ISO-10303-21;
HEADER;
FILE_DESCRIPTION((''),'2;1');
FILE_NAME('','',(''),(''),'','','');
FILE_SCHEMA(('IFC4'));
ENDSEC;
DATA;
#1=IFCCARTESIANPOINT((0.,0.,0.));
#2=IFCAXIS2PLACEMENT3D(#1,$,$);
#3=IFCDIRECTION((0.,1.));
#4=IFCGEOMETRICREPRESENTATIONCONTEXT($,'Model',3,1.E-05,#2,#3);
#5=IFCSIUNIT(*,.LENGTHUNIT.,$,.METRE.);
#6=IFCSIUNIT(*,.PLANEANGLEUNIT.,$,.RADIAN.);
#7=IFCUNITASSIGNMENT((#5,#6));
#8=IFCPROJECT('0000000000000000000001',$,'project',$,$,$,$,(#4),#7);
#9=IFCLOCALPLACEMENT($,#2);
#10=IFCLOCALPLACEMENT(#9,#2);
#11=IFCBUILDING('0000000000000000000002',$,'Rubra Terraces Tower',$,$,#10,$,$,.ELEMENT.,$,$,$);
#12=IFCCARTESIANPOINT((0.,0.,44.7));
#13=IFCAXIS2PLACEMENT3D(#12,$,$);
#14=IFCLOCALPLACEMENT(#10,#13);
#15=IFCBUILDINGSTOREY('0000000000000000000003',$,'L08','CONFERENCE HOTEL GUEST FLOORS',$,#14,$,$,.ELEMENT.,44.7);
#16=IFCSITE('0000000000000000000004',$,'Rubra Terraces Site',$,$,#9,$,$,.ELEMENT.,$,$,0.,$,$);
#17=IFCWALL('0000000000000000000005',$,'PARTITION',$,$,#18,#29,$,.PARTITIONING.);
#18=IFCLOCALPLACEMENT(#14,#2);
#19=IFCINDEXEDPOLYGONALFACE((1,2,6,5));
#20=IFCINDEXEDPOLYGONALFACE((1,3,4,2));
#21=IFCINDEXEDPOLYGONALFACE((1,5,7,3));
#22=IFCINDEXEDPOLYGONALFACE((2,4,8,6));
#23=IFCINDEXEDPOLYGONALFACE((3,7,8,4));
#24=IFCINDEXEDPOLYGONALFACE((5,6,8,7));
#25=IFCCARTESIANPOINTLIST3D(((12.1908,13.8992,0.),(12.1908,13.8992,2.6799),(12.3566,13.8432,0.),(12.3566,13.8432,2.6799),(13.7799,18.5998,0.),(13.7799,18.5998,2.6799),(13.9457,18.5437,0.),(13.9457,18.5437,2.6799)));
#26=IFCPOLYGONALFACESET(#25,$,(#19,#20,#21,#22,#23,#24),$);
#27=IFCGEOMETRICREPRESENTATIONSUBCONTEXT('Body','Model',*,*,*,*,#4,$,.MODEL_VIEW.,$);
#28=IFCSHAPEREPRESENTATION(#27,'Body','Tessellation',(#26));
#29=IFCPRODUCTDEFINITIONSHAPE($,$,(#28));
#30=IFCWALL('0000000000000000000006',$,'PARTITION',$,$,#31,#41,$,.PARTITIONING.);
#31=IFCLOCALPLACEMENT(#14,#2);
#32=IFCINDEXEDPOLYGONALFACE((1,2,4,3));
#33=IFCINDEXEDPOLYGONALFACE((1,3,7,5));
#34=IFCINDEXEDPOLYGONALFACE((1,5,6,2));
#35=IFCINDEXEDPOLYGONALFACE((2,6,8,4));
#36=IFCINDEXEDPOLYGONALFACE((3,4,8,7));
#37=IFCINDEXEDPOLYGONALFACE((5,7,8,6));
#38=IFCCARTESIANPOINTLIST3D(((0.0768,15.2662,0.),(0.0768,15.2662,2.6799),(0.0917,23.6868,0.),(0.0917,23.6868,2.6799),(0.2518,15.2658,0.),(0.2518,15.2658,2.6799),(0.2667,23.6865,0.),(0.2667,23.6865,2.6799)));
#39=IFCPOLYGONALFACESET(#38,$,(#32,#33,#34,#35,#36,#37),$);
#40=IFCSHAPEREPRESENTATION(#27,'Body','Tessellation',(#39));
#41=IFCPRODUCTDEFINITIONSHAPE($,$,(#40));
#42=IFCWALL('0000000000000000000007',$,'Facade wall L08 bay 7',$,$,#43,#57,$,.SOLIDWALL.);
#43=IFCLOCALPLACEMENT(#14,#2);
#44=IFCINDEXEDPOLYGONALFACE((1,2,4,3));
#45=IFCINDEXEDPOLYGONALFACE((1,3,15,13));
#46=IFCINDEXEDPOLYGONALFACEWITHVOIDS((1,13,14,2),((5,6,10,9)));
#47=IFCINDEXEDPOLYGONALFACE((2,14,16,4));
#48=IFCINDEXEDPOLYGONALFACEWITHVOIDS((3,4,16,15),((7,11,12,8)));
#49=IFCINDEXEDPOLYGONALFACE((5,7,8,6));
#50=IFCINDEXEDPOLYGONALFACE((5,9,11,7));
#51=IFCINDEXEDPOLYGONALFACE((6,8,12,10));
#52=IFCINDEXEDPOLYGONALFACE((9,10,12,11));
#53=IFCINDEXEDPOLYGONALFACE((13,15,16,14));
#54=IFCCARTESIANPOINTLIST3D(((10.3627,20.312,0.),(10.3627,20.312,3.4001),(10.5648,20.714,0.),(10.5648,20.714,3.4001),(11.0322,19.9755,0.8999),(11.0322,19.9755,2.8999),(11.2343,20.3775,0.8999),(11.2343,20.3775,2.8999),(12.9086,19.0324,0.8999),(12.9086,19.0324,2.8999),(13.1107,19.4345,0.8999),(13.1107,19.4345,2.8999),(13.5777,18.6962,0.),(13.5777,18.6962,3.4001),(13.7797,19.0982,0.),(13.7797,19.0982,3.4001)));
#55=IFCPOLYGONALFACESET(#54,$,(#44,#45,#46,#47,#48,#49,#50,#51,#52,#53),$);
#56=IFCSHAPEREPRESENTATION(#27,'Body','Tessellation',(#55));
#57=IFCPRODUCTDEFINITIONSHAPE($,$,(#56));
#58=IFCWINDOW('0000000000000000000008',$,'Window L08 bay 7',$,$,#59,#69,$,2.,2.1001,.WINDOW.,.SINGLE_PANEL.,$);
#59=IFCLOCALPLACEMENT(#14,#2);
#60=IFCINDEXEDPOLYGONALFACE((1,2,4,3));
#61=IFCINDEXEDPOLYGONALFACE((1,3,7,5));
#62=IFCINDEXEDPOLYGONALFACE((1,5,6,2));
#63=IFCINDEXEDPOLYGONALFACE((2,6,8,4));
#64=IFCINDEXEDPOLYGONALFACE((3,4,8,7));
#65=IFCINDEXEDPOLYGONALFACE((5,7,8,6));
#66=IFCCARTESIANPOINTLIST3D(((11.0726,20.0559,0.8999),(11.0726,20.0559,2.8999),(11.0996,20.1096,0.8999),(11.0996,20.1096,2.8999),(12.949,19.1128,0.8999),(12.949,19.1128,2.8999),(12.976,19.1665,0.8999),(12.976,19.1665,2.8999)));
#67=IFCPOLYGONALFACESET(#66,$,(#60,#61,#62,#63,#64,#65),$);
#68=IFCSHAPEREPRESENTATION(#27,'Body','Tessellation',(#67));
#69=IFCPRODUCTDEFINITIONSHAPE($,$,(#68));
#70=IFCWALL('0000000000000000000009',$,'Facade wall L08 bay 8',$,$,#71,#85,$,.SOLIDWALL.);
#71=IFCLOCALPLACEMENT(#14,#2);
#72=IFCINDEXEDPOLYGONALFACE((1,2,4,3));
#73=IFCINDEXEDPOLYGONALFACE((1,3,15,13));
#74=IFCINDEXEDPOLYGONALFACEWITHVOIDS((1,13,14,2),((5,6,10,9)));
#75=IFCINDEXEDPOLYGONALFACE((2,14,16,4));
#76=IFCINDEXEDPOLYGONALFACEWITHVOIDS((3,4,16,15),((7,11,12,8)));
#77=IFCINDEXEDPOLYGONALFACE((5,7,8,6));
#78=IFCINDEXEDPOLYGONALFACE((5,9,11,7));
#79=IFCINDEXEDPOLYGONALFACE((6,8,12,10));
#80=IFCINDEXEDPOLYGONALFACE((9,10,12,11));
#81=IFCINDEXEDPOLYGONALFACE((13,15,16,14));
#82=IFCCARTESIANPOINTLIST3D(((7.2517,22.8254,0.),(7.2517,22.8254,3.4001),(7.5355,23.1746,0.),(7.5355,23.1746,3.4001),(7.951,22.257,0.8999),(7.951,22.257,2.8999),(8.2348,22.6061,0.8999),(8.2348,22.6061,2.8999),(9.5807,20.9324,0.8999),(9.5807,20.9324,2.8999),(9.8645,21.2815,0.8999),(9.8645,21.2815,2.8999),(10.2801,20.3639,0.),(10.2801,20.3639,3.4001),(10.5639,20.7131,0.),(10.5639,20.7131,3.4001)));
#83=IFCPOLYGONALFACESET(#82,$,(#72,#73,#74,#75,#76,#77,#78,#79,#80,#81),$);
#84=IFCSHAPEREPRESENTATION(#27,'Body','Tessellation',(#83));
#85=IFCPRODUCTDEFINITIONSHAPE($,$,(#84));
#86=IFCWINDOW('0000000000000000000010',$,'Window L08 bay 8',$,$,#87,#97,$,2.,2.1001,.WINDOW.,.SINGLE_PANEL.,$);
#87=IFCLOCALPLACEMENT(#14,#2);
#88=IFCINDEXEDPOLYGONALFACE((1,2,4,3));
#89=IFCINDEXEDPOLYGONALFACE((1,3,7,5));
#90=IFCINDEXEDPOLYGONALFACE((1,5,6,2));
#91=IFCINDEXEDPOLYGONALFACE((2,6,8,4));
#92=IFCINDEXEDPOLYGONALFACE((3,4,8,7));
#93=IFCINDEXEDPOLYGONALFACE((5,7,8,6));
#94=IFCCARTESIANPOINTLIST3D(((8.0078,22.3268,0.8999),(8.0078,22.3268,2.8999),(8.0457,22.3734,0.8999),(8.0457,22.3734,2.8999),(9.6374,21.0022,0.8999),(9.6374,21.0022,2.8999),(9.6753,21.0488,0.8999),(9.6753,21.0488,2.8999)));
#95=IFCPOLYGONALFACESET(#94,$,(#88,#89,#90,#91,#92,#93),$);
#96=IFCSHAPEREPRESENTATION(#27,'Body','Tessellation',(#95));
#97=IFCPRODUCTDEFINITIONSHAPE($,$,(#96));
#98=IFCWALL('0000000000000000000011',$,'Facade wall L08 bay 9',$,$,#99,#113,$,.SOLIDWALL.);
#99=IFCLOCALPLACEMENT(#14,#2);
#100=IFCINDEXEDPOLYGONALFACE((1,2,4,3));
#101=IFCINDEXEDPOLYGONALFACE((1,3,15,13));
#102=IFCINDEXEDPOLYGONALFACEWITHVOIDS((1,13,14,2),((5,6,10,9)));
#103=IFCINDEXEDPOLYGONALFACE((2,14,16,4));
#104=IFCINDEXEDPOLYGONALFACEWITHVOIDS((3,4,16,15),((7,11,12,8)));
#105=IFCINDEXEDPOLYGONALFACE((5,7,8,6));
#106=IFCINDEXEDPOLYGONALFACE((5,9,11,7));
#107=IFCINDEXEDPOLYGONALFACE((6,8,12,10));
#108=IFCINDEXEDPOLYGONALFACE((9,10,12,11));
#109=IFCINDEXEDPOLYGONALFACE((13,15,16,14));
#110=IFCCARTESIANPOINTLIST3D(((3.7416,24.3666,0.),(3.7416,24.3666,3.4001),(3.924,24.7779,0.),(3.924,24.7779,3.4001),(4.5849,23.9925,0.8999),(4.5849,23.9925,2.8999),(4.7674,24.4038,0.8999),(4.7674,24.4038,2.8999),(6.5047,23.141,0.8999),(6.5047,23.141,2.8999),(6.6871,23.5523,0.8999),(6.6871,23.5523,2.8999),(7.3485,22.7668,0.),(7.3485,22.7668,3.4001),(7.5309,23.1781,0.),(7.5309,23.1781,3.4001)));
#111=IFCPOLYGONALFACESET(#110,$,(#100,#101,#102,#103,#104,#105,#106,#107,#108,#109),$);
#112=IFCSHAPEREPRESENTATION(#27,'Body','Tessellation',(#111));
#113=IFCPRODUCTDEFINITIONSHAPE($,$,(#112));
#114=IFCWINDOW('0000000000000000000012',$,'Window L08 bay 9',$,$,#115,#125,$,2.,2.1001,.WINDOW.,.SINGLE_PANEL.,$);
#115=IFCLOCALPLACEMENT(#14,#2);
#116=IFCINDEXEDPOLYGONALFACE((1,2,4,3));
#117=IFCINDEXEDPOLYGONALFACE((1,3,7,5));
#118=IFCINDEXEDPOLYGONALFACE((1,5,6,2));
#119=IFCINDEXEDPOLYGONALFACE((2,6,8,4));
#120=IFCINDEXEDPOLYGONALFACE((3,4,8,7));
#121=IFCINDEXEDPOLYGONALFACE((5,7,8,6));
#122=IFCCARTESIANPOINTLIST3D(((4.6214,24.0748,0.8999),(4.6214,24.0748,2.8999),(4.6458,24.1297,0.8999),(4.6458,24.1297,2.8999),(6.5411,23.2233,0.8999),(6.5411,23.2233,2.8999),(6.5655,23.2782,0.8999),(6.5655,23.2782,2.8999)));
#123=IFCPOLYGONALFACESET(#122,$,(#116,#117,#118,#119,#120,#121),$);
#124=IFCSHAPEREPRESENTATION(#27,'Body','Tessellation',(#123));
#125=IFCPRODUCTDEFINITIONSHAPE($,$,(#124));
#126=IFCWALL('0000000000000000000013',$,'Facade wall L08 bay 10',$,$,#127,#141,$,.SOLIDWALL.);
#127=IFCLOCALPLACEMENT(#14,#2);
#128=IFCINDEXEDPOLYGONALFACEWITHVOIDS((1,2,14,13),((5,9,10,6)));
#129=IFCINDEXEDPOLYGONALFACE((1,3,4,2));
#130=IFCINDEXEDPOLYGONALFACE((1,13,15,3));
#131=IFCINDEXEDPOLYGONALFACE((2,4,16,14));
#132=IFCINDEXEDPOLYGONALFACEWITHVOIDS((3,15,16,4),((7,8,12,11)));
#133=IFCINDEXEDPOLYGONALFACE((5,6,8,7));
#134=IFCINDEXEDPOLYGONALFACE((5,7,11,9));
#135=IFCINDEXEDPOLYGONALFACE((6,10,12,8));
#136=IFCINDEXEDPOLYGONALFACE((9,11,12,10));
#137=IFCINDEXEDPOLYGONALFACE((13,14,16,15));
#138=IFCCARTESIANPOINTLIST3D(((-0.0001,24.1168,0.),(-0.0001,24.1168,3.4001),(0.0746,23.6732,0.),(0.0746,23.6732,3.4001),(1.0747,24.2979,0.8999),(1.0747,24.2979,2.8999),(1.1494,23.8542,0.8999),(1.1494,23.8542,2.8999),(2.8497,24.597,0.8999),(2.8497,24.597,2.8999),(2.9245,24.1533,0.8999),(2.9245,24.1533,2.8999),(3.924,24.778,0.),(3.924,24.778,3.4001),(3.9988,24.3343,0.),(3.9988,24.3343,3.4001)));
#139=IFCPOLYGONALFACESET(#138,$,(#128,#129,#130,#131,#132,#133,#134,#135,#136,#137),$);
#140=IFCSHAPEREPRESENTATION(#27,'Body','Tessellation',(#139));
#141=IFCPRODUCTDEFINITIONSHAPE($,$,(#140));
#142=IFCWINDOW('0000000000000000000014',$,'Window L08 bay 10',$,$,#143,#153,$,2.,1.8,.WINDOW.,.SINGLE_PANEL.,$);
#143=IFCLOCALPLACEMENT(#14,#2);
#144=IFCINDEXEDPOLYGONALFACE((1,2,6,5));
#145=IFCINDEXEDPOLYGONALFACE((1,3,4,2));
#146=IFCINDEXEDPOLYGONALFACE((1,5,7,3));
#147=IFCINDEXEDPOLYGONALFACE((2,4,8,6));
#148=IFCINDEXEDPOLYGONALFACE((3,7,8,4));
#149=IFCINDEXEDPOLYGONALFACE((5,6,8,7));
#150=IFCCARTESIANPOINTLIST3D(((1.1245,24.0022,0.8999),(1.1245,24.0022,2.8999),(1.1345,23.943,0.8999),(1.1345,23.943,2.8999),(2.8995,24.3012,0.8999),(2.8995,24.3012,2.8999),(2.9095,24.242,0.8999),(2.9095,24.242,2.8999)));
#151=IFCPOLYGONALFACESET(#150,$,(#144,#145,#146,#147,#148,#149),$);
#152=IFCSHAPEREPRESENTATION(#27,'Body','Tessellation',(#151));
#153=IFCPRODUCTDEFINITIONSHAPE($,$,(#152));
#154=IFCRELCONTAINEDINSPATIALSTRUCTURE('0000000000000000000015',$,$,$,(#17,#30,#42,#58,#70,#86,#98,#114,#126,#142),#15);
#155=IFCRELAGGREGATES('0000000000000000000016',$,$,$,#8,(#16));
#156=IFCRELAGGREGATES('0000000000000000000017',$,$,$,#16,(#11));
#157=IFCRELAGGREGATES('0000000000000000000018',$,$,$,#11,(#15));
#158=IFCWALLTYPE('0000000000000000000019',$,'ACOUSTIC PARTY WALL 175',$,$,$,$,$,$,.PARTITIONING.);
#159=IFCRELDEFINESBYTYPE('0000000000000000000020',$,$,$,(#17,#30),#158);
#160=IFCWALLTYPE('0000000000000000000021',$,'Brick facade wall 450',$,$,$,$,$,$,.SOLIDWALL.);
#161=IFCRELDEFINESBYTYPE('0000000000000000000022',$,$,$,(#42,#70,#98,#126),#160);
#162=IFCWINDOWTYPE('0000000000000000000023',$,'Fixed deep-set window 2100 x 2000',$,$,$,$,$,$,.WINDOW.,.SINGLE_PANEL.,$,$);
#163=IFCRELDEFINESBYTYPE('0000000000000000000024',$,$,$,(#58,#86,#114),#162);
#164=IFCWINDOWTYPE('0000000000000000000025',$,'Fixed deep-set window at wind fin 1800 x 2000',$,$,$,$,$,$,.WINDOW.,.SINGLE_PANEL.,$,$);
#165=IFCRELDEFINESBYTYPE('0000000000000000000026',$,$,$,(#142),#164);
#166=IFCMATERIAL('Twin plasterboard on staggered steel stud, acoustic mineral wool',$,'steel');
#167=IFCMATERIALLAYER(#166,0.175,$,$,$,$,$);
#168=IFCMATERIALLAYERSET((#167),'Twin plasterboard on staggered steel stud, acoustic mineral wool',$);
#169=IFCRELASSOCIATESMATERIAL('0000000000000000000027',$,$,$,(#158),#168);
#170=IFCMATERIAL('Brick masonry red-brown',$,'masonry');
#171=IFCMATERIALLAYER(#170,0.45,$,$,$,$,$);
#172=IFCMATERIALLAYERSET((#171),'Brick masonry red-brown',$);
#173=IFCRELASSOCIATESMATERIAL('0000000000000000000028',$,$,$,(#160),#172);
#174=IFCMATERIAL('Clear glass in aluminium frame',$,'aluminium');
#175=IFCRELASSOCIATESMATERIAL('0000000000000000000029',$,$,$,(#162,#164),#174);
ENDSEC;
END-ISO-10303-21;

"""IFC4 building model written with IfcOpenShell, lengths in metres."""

from ifc_helpers import new_model, si_unit, direction, frame, frame_2d, origin, place, context, subcontext, project, spatial, rectangle, extrude, material, layer, layer_set, type_object, element, fill, save


model = new_model("IFC4")

# Units and contexts
model_context = context("Model", 3, precision=1e-05, world=origin(), true_north=direction((0.0, 1.0)))
body_context = subcontext(model_context, "Body", "Model", "MODEL_VIEW")
ifc_project = project(units=[si_unit("LENGTHUNIT", "METRE"), si_unit("PLANEANGLEUNIT", "RADIAN")], contexts=[model_context])

# Site, building, storey
site_placement = place(None, origin())
site = spatial("IfcSite", under=ifc_project, at=site_placement, Name="Rubra Terraces Site", CompositionType="ELEMENT", RefElevation=0.0)
building_placement = place(site_placement, origin())
building = spatial("IfcBuilding", under=site, at=building_placement, Name="Rubra Terraces Tower", CompositionType="ELEMENT")
storey_placement = place(building_placement, frame((0.0, 0.0, 44.7)))
storey = spatial("IfcBuildingStorey", under=building, at=storey_placement, Name="L08", Description="CONFERENCE HOTEL GUEST FLOORS", CompositionType="ELEMENT", Elevation=44.7)

# Walls
ifc_material_1 = material(Name="Twin plasterboard on staggered steel stud, acoustic mineral wool", Category="steel")
ifc_layer_1 = layer(ifc_material_1, 0.175)
ifc_layer_set_1 = layer_set([ifc_layer_1], Name="Twin plasterboard on staggered steel stud, acoustic mineral wool")
wall_type_1 = type_object("IfcWallType", Name="ACOUSTIC PARTY WALL 175", PredefinedType="PARTITIONING", material=ifc_layer_set_1)
wall_1_placement = place(storey_placement, frame((13.8628, 18.5718, 0.0), z_axis=(0.0, 0.0, 1.0), x_axis=(-0.320255, -0.947332, 0.0)))
element("IfcWall", 1, at=wall_1_placement, inside=storey, type_object=wall_type_1, Name="PARTITION", PredefinedType="PARTITIONING", context=body_context, shape_type="SweptSolid", body=[
    extrude(rectangle(XDim=4.9619, YDim=0.175, at=frame_2d((2.481, 0.0))), origin(), (0.0, 0.0, 1.0), 2.6799),
])
wall_2_placement = place(storey_placement, frame((0.1792, 23.6868, 0.0), z_axis=(0.0, 0.0, 1.0), x_axis=(-0.001769, -0.999998, 0.0)))
element("IfcWall", 2, at=wall_2_placement, inside=storey, type_object=wall_type_1, Name="PARTITION", PredefinedType="PARTITIONING", context=body_context, shape_type="SweptSolid", body=[
    extrude(rectangle(XDim=8.4207, YDim=0.175, at=frame_2d((4.2104, 0.0))), origin(), (0.0, 0.0, 1.0), 2.6799),
])

# Walls, openings, windows
ifc_material_2 = material(Name="Brick masonry red-brown", Category="masonry")
ifc_layer_2 = layer(ifc_material_2, 0.45)
ifc_layer_set_2 = layer_set([ifc_layer_2], Name="Brick masonry red-brown")
wall_type_2 = type_object("IfcWallType", Name="Brick facade wall 450", PredefinedType="SOLIDWALL", material=ifc_layer_set_2)
wall_3_placement = place(storey_placement, frame((13.6787, 18.8972, 0.0), z_axis=(0.0, 0.0, 1.0), x_axis=(-0.893502, 0.449058, 0.0)))
wall_3 = element("IfcWall", 3, at=wall_3_placement, inside=storey, type_object=wall_type_2, Name="Facade wall L08 bay 7", PredefinedType="SOLIDWALL", context=body_context, shape_type="SweptSolid", body=[
    extrude(rectangle(XDim=3.5981, YDim=0.45, at=frame_2d((1.7991, 0.0))), origin(), (0.0, 0.0, 1.0), 3.4001),
])
opening_1_placement = place(wall_3_placement, frame((0.7488, 0.0, 0.8999)))
opening_1 = element("IfcOpeningElement", 4, at=opening_1_placement, cuts=wall_3, PredefinedType="OPENING", context=body_context, shape_type="SweptSolid", body=[
    extrude(rectangle(XDim=2.1001, YDim=2.0, at=frame_2d((1.05, 1.0))), frame((0.0, 0.2349, 0.0), z_axis=(0.0, -1.0, 0.0), x_axis=(1.0, 0.0, 0.0)), (0.0, 0.0, 1.0), 0.47),
])
ifc_material_3 = material(Name="Clear glass in aluminium frame", Category="aluminium")
window_type_1 = type_object("IfcWindowType", Name="Fixed deep-set window 2100 x 2000", PartitioningType="SINGLE_PANEL", PredefinedType="WINDOW", material=ifc_material_3)
window_1_placement = place(opening_1_placement, origin())
window_1 = element("IfcWindow", 5, at=window_1_placement, inside=storey, type_object=window_type_1, Name="Window L08 bay 7", OverallHeight=2.0, OverallWidth=2.1001, PartitioningType="SINGLE_PANEL", PredefinedType="WINDOW", context=body_context, shape_type="SweptSolid", body=[
    extrude(rectangle(XDim=2.1001, YDim=2.0, at=frame_2d((1.05, 1.0))), frame((0.0, 0.135, 0.0), z_axis=(0.0, -1.0, 0.0), x_axis=(1.0, 0.0, 0.0)), (0.0, 0.0, 1.0), 0.0601),
])
fill(opening_1, window_1)
wall_4_placement = place(storey_placement, frame((10.4219, 20.5386, 0.0), z_axis=(0.0, 0.0, 1.0), x_axis=(-0.775999, 0.630734, 0.0)))
wall_4 = element("IfcWall", 6, at=wall_4_placement, inside=storey, type_object=wall_type_2, Name="Facade wall L08 bay 8", PredefinedType="SOLIDWALL", context=body_context, shape_type="SweptSolid", body=[
    extrude(rectangle(XDim=3.9026, YDim=0.45, at=frame_2d((1.9512, 0.0))), origin(), (0.0, 0.0, 1.0), 3.4001),
])
opening_2_placement = place(wall_4_placement, frame((0.9011, 0.0, 0.8999)))
opening_2 = element("IfcOpeningElement", 7, at=opening_2_placement, cuts=wall_4, PredefinedType="OPENING", context=body_context, shape_type="SweptSolid", body=[
    extrude(rectangle(XDim=2.1001, YDim=2.0, at=frame_2d((1.05, 1.0))), frame((0.0, 0.2349, 0.0), z_axis=(0.0, -1.0, 0.0), x_axis=(1.0, 0.0, 0.0)), (0.0, 0.0, 1.0), 0.47),
])
window_2_placement = place(opening_2_placement, origin())
window_2 = element("IfcWindow", 8, at=window_2_placement, inside=storey, type_object=window_type_1, Name="Window L08 bay 8", OverallHeight=2.0, OverallWidth=2.1001, PartitioningType="SINGLE_PANEL", PredefinedType="WINDOW", context=body_context, shape_type="SweptSolid", body=[
    extrude(rectangle(XDim=2.1001, YDim=2.0, at=frame_2d((1.05, 1.0))), frame((0.0, 0.135, 0.0), z_axis=(0.0, -1.0, 0.0), x_axis=(1.0, 0.0, 0.0)), (0.0, 0.0, 1.0), 0.0601),
])
fill(opening_2, window_2)
wall_5_placement = place(storey_placement, frame((7.4397, 22.9724, 0.0), z_axis=(0.0, 0.0, 1.0), x_axis=(-0.914115, 0.405455, 0.0)))
wall_5 = element("IfcWall", 9, at=wall_5_placement, inside=storey, type_object=wall_type_2, Name="Facade wall L08 bay 9", PredefinedType="SOLIDWALL", context=body_context, shape_type="SweptSolid", body=[
    extrude(rectangle(XDim=3.9458, YDim=0.45, at=frame_2d((1.9729, 0.0))), origin(), (0.0, 0.0, 1.0), 3.4001),
])
opening_3_placement = place(wall_5_placement, frame((0.9231, 0.0, 0.8999)))
opening_3 = element("IfcOpeningElement", 10, at=opening_3_placement, cuts=wall_5, PredefinedType="OPENING", context=body_context, shape_type="SweptSolid", body=[
    extrude(rectangle(XDim=2.1001, YDim=2.0, at=frame_2d((1.05, 1.0))), frame((0.0, 0.2349, 0.0), z_axis=(0.0, -1.0, 0.0), x_axis=(1.0, 0.0, 0.0)), (0.0, 0.0, 1.0), 0.47),
])
window_3_placement = place(opening_3_placement, origin())
window_3 = element("IfcWindow", 11, at=window_3_placement, inside=storey, type_object=window_type_1, Name="Window L08 bay 9", OverallHeight=2.0, OverallWidth=2.1001, PartitioningType="SINGLE_PANEL", PredefinedType="WINDOW", context=body_context, shape_type="SweptSolid", body=[
    extrude(rectangle(XDim=2.1001, YDim=2.0, at=frame_2d((1.05, 1.0))), frame((0.0, 0.135, 0.0), z_axis=(0.0, -1.0, 0.0), x_axis=(1.0, 0.0, 0.0)), (0.0, 0.0, 1.0), 0.0601),
])
fill(opening_3, window_3)
wall_6_placement = place(storey_placement, frame((3.9614, 24.5562, 0.0), z_axis=(0.0, 0.0, 1.0), x_axis=(-0.986102, -0.16614, 0.0)))
wall_6 = element("IfcWall", 12, at=wall_6_placement, inside=storey, type_object=wall_type_2, Name="Facade wall L08 bay 10", PredefinedType="SOLIDWALL", context=body_context, shape_type="SweptSolid", body=[
    extrude(rectangle(XDim=3.9795, YDim=0.45, at=frame_2d((1.9897, 0.0))), origin(), (0.0, 0.0, 1.0), 3.4001),
])
opening_4_placement = place(wall_6_placement, frame((1.0896, 0.0, 0.8999)))
opening_4 = element("IfcOpeningElement", 13, at=opening_4_placement, cuts=wall_6, PredefinedType="OPENING", context=body_context, shape_type="SweptSolid", body=[
    extrude(rectangle(XDim=1.8, YDim=2.0, at=frame_2d((0.8999, 1.0))), frame((0.0, 0.2349, 0.0), z_axis=(0.0, -1.0, 0.0), x_axis=(1.0, 0.0, 0.0)), (0.0, 0.0, 1.0), 0.47),
])
window_type_2 = type_object("IfcWindowType", Name="Fixed deep-set window at wind fin 1800 x 2000", PartitioningType="SINGLE_PANEL", PredefinedType="WINDOW", material=ifc_material_3)
window_4_placement = place(opening_4_placement, origin())
window_4 = element("IfcWindow", 14, at=window_4_placement, inside=storey, type_object=window_type_2, Name="Window L08 bay 10", OverallHeight=2.0, OverallWidth=1.8, PartitioningType="SINGLE_PANEL", PredefinedType="WINDOW", context=body_context, shape_type="SweptSolid", body=[
    extrude(rectangle(XDim=1.8, YDim=2.0, at=frame_2d((0.8999, 1.0))), frame((0.0, 0.135, 0.0), z_axis=(0.0, -1.0, 0.0), x_axis=(1.0, 0.0, 0.0)), (0.0, 0.0, 1.0), 0.0601),
])
fill(opening_4, window_4)

save(model, "model.ifc")
